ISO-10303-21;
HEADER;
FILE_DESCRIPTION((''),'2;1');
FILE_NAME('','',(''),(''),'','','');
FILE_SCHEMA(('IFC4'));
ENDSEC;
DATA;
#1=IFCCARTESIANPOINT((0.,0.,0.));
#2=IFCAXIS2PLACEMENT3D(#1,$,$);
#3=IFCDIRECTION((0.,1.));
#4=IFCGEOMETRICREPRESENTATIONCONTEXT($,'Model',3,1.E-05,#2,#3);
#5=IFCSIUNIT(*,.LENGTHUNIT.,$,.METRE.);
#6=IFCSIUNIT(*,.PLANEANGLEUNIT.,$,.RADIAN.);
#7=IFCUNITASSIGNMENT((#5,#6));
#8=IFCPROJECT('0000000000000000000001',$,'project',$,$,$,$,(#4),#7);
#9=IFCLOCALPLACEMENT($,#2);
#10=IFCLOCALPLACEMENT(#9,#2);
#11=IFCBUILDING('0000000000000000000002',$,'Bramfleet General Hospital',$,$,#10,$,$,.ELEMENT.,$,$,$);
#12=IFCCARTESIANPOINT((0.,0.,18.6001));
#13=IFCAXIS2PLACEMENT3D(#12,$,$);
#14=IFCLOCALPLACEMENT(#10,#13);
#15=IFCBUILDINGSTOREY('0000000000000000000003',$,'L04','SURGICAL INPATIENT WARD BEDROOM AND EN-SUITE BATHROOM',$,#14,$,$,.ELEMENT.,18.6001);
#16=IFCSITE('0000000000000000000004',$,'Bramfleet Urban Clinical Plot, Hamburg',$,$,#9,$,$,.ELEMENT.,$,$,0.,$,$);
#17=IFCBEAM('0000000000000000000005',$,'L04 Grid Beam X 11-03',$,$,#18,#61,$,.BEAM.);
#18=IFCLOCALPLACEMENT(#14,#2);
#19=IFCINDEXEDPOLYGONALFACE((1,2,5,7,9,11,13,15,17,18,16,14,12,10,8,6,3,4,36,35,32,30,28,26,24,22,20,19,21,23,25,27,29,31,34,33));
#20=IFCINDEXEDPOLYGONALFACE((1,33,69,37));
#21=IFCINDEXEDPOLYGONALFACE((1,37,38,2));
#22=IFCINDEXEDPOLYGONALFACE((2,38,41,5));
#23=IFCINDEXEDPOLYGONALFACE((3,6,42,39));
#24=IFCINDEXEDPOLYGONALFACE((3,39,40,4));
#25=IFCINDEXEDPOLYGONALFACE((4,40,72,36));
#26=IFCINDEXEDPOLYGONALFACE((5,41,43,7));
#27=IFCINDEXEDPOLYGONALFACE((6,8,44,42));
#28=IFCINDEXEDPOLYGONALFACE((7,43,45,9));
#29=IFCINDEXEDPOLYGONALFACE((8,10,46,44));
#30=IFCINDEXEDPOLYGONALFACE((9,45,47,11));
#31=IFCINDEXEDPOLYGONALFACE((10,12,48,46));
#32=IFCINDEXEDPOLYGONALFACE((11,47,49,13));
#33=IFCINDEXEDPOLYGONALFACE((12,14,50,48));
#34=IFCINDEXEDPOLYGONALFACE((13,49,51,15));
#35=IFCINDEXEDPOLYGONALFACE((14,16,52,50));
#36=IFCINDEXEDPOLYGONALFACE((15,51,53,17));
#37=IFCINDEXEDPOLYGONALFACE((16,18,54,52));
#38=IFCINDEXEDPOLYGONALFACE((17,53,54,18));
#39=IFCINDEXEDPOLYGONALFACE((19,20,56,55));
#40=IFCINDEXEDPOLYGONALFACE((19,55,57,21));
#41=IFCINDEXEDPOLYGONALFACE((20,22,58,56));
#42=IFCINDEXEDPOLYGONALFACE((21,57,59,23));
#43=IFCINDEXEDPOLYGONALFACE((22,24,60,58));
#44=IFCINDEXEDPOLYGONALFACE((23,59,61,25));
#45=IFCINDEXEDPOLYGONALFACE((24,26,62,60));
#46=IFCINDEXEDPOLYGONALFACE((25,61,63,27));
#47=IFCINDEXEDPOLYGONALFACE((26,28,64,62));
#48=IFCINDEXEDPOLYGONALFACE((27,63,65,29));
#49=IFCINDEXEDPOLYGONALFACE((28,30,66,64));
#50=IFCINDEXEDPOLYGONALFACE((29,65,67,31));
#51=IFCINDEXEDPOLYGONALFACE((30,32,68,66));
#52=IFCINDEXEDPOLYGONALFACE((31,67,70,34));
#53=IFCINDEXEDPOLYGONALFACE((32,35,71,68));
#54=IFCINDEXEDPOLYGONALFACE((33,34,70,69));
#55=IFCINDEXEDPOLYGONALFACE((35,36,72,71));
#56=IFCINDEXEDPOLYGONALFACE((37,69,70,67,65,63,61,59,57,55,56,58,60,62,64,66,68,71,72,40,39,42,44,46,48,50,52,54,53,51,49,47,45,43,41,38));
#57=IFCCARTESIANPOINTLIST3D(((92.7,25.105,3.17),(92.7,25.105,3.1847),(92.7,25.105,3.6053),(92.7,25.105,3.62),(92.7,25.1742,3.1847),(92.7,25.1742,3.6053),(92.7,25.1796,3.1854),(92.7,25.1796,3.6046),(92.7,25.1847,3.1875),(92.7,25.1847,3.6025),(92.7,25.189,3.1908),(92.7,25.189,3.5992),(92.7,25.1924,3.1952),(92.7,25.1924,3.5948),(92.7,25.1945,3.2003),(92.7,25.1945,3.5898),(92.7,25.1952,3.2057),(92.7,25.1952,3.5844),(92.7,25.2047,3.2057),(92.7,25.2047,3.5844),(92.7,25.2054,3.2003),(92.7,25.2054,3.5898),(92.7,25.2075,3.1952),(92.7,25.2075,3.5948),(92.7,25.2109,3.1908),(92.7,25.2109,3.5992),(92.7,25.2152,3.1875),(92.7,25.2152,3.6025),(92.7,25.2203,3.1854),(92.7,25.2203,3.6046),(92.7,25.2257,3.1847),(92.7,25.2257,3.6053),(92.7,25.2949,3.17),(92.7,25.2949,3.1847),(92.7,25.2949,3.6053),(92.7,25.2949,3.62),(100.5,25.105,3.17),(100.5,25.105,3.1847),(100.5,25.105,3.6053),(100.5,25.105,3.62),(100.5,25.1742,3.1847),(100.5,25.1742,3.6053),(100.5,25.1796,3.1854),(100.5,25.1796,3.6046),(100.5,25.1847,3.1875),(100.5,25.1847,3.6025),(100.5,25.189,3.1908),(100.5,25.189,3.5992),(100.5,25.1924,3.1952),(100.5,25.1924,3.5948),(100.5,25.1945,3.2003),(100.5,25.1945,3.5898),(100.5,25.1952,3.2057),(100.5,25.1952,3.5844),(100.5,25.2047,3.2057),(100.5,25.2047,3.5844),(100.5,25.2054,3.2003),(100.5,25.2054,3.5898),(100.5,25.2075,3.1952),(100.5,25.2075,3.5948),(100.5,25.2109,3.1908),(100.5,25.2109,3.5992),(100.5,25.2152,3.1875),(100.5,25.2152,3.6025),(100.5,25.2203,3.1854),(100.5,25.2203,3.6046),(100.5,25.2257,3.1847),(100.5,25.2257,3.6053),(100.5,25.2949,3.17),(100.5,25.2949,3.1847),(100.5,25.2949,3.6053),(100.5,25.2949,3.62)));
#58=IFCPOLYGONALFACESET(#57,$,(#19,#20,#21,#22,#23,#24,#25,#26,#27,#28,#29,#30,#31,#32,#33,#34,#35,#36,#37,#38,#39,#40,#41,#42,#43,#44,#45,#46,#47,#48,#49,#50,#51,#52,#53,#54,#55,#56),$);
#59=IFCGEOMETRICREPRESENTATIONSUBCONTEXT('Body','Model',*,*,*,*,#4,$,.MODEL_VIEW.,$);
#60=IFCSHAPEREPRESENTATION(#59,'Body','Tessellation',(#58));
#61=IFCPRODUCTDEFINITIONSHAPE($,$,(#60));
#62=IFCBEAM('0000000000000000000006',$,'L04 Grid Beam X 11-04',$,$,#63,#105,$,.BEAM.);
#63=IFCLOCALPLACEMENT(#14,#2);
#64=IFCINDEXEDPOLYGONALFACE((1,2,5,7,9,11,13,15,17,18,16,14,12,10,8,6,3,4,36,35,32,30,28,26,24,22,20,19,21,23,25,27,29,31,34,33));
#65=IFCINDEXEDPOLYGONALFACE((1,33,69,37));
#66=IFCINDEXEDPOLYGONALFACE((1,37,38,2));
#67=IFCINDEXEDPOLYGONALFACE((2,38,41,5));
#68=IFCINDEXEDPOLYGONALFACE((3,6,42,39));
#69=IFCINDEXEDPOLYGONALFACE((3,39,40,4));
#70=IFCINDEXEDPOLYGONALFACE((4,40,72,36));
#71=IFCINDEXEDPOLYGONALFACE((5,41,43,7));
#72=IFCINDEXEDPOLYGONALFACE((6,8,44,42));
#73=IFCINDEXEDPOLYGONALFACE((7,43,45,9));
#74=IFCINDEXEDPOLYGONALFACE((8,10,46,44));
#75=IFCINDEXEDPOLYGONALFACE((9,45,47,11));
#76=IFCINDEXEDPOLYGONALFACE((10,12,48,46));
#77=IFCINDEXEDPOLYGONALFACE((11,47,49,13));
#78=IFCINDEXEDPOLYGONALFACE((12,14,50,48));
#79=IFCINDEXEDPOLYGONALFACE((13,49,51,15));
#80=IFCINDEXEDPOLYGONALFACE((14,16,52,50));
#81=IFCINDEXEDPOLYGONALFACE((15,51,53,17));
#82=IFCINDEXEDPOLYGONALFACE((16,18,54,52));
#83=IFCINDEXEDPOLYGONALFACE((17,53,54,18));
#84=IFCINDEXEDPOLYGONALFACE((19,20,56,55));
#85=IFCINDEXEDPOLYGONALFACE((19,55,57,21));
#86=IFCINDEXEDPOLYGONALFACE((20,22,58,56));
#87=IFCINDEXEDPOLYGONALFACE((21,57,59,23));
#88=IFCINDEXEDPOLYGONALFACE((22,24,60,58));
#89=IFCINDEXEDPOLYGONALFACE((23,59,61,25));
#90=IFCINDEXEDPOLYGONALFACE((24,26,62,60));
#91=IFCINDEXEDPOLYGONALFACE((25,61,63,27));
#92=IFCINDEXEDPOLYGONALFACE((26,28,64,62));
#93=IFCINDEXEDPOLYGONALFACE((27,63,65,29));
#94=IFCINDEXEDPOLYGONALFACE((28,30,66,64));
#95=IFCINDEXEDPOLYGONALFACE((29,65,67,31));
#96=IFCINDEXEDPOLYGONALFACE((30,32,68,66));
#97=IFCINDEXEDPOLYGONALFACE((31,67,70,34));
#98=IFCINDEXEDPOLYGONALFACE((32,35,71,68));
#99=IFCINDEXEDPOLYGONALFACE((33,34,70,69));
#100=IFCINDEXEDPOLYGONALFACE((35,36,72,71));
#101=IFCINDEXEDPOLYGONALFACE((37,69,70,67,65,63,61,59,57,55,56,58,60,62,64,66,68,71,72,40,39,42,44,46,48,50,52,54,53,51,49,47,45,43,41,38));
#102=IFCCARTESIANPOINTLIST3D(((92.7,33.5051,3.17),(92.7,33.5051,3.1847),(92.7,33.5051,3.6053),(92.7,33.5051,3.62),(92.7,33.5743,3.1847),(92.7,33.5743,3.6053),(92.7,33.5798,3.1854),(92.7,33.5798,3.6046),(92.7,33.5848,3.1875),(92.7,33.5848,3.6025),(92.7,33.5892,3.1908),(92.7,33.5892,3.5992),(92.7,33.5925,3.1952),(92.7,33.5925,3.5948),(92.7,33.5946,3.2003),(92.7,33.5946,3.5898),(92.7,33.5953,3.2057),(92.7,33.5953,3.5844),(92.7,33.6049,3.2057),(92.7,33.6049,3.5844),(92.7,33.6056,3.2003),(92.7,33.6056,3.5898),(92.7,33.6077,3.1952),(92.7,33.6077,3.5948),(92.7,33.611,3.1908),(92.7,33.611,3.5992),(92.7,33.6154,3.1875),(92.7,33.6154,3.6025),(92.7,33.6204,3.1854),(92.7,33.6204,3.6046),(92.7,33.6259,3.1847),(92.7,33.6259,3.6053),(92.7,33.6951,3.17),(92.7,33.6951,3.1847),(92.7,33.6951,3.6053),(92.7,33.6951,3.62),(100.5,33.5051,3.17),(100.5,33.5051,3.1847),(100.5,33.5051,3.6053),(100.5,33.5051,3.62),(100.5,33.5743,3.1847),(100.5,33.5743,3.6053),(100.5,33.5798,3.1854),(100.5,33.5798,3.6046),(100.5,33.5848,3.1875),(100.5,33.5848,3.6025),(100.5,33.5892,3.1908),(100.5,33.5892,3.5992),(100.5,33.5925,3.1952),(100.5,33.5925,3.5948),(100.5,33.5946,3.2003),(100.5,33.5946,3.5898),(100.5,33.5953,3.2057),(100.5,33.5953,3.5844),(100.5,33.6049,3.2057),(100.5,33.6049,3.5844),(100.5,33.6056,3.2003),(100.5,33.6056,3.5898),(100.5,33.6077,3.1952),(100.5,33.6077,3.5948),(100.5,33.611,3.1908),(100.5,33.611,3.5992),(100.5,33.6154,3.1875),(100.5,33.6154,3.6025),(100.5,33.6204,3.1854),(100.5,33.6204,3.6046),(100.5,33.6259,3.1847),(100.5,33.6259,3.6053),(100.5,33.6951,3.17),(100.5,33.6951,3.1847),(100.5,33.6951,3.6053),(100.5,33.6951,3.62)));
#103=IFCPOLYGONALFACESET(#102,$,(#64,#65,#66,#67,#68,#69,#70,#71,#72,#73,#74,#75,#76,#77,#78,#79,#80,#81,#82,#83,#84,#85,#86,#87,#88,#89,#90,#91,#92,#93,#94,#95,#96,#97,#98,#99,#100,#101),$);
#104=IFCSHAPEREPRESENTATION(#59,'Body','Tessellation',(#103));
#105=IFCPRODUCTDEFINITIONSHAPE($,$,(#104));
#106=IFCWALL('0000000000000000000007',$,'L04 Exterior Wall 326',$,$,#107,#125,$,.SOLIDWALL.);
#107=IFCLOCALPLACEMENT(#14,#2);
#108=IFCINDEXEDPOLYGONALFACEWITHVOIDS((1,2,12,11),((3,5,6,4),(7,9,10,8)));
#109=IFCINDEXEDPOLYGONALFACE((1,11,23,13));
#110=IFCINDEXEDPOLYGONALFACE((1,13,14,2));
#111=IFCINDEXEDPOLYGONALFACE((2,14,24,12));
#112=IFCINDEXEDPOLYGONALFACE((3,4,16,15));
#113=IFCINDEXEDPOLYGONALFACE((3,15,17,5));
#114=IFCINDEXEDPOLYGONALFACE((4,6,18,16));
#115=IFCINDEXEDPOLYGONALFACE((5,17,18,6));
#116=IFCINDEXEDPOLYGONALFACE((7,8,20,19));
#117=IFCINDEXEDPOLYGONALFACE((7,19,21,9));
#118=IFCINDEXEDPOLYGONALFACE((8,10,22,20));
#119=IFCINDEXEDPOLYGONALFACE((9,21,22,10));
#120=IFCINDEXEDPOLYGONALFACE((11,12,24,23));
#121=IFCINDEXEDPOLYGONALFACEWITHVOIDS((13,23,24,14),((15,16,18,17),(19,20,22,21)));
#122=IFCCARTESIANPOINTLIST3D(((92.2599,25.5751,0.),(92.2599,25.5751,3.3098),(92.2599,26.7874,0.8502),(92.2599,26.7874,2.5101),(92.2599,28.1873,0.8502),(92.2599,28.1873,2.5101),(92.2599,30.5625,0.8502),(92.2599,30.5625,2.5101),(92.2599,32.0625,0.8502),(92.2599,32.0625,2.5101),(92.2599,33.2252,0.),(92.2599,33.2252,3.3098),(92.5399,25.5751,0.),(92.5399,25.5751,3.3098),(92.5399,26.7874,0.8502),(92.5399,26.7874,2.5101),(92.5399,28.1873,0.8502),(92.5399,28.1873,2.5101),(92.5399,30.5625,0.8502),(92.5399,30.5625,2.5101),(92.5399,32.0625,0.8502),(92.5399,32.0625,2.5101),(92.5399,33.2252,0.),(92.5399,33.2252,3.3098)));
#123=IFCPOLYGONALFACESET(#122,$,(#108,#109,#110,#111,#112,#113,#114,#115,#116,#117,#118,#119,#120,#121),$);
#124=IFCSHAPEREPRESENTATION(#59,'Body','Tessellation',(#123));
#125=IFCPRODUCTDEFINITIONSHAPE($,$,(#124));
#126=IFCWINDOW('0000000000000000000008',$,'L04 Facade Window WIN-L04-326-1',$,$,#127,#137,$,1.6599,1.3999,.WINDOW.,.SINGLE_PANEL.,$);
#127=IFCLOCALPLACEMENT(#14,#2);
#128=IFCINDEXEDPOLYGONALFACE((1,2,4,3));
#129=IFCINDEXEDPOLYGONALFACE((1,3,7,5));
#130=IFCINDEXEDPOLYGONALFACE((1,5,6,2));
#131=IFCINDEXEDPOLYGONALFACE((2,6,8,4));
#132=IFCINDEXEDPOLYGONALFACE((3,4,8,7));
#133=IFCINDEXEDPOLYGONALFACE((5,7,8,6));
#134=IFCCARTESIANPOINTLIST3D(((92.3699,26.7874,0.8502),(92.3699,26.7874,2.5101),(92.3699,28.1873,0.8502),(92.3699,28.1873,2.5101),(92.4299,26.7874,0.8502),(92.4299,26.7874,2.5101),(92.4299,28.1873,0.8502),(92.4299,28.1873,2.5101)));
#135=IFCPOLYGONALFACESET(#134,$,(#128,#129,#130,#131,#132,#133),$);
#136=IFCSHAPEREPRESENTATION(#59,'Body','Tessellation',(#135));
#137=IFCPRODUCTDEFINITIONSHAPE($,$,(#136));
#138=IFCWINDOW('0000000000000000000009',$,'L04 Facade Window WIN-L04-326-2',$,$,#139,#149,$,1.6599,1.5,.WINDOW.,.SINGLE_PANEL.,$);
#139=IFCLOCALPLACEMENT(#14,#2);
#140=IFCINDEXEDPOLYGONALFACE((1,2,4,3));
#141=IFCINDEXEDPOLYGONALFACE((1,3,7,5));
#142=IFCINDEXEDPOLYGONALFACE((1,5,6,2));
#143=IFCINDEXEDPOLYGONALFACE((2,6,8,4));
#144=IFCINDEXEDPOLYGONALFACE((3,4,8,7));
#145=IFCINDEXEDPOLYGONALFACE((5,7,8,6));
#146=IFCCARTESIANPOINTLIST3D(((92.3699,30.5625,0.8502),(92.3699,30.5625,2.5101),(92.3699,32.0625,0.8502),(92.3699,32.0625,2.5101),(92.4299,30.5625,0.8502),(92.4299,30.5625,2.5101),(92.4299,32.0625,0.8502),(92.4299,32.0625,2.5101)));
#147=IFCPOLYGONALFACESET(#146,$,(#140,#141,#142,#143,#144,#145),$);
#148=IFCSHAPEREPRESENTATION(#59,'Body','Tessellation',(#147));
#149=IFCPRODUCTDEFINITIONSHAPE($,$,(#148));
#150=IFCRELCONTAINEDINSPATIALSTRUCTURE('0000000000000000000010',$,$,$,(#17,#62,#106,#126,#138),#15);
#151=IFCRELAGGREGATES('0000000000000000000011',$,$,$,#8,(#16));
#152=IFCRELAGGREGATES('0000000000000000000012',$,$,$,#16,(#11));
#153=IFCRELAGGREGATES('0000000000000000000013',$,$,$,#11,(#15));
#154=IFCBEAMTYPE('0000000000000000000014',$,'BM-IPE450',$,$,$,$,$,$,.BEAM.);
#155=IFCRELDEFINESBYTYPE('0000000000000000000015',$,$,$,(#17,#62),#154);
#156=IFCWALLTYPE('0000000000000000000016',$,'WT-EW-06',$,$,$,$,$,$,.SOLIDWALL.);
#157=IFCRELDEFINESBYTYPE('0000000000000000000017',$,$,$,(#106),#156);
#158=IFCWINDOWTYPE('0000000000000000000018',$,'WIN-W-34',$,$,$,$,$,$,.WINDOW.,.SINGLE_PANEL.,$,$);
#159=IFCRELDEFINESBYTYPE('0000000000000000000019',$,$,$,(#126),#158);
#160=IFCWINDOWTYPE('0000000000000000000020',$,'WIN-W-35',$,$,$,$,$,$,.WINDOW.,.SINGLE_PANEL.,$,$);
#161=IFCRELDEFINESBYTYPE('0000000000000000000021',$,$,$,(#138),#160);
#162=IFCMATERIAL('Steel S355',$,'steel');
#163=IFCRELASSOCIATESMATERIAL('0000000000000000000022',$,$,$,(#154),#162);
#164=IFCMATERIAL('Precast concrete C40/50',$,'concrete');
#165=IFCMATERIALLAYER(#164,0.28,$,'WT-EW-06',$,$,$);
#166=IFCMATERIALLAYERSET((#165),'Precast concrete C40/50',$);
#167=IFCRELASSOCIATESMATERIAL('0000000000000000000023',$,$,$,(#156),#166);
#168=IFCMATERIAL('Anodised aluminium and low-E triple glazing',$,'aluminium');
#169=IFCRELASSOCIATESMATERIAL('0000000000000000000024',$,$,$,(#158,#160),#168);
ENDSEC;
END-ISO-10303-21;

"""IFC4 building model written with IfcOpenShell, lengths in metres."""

from ifc_helpers import new_model, si_unit, direction, frame, frame_2d, origin, origin_2d, place, context, subcontext, project, spatial, rectangle, i_section, extrude, material, layer, layer_set, material_profile, profile_set, type_object, element, fill, save


model = new_model("IFC4")

# Units and contexts
model_context = context("Model", 3, precision=1e-05, world=origin(), true_north=direction((0.0, 1.0)))
body_context = subcontext(model_context, "Body", "Model", "MODEL_VIEW")
ifc_project = project(units=[si_unit("LENGTHUNIT", "METRE"), si_unit("PLANEANGLEUNIT", "RADIAN")], contexts=[model_context])

# Site, building, storey
site_placement = place(None, origin())
site = spatial("IfcSite", under=ifc_project, at=site_placement, Name="Bramfleet Urban Clinical Plot, Hamburg", CompositionType="ELEMENT", RefElevation=0.0)
building_placement = place(site_placement, origin())
building = spatial("IfcBuilding", under=site, at=building_placement, Name="Bramfleet General Hospital", CompositionType="ELEMENT")
storey_placement = place(building_placement, frame((0.0, 0.0, 18.6001)))
storey = spatial("IfcBuildingStorey", under=building, at=storey_placement, Name="L04", Description="SURGICAL INPATIENT WARD BEDROOM AND EN-SUITE BATHROOM", CompositionType="ELEMENT", Elevation=18.6001)

# Beams
ifc_material_1 = material(Name="Steel S355", Category="steel")
ifc_material_profile_1 = material_profile(ifc_material_1, i_section(OverallWidth=0.1899, OverallDepth=0.45, WebThickness=0.0095, FlangeThickness=0.0146, FilletRadius=0.021, at=origin_2d()), Name="IPE 450")
ifc_profile_set_1 = profile_set([ifc_material_profile_1], Name="Steel S355")
beam_type_1 = type_object("IfcBeamType", Name="BM-IPE450", PredefinedType="BEAM", material=ifc_profile_set_1)
for number, where, z_axis, x_axis, name in (
    (1, (92.7, 25.2, 3.395), (1.0, 0.0, 0.0), (0.0, 1.0, 0.0), "L04 Grid Beam X 11-03"),
    (2, (92.7, 33.6001, 3.395), (1.0, 0.0, 0.0), (0.0, 1.0, 0.0), "L04 Grid Beam X 11-04"),
):
    element("IfcBeam", number, at=place(storey_placement, frame(where, z_axis=z_axis, x_axis=x_axis)), inside=storey, type_object=beam_type_1, Name=name, PredefinedType="BEAM", context=body_context, shape_type="SweptSolid", body=[
        extrude(i_section(OverallWidth=0.1899, OverallDepth=0.45, WebThickness=0.0095, FlangeThickness=0.0146, FilletRadius=0.021, at=origin_2d()), origin(), (0.0, 0.0, 1.0), 7.8),
    ])

# Wall, openings, windows
ifc_material_2 = material(Name="Precast concrete C40/50", Category="concrete")
ifc_layer_1 = layer(ifc_material_2, 0.28, Name="WT-EW-06")
ifc_layer_set_1 = layer_set([ifc_layer_1], Name="Precast concrete C40/50")
wall_type_1 = type_object("IfcWallType", Name="WT-EW-06", PredefinedType="SOLIDWALL", material=ifc_layer_set_1)
wall_1_placement = place(storey_placement, frame((92.3999, 25.575, 0.0), z_axis=(0.0, 0.0, 1.0), x_axis=(0.0, 1.0, 0.0)))
wall_1 = element("IfcWall", 3, at=wall_1_placement, inside=storey, type_object=wall_type_1, Name="L04 Exterior Wall 326", PredefinedType="SOLIDWALL", context=body_context, shape_type="SweptSolid", body=[
    extrude(rectangle(XDim=7.6501, YDim=0.28, at=frame_2d((3.8252, 0.0))), origin(), (0.0, 0.0, 1.0), 3.3098),
])
opening_1_placement = place(wall_1_placement, frame((1.2124, 0.0, 0.8501)))
opening_1 = element("IfcOpeningElement", 4, at=opening_1_placement, cuts=wall_1, PredefinedType="OPENING", context=body_context, shape_type="SweptSolid", body=[
    extrude(rectangle(XDim=1.3999, YDim=1.6599, at=frame_2d((0.7, 0.8301))), frame((0.0, 0.1499, 0.0), z_axis=(0.0, -1.0, 0.0), x_axis=(1.0, 0.0, 0.0)), (0.0, 0.0, 1.0), 0.3),
])
opening_2_placement = place(wall_1_placement, frame((4.9875, 0.0, 0.8501)))
opening_2 = element("IfcOpeningElement", 5, at=opening_2_placement, cuts=wall_1, PredefinedType="OPENING", context=body_context, shape_type="SweptSolid", body=[
    extrude(rectangle(XDim=1.5, YDim=1.6599, at=frame_2d((0.75, 0.8301))), frame((0.0, 0.1499, 0.0), z_axis=(0.0, -1.0, 0.0), x_axis=(1.0, 0.0, 0.0)), (0.0, 0.0, 1.0), 0.3),
])
ifc_material_3 = material(Name="Anodised aluminium and low-E triple glazing", Category="aluminium")
window_type_1 = type_object("IfcWindowType", Name="WIN-W-34", PartitioningType="SINGLE_PANEL", PredefinedType="WINDOW", material=ifc_material_3)
window_1_placement = place(opening_1_placement, origin())
window_1 = element("IfcWindow", 6, at=window_1_placement, inside=storey, type_object=window_type_1, Name="L04 Facade Window WIN-L04-326-1", OverallHeight=1.6599, OverallWidth=1.3999, PartitioningType="SINGLE_PANEL", PredefinedType="WINDOW", context=body_context, shape_type="SweptSolid", body=[
    extrude(rectangle(XDim=1.3999, YDim=1.6599, at=frame_2d((0.7, 0.8301))), frame((0.0, 0.03, 0.0), z_axis=(0.0, -1.0, 0.0), x_axis=(1.0, 0.0, 0.0)), (0.0, 0.0, 1.0), 0.0601),
])
fill(opening_1, window_1)
window_type_2 = type_object("IfcWindowType", Name="WIN-W-35", PartitioningType="SINGLE_PANEL", PredefinedType="WINDOW", material=ifc_material_3)
window_2_placement = place(opening_2_placement, origin())
window_2 = element("IfcWindow", 7, at=window_2_placement, inside=storey, type_object=window_type_2, Name="L04 Facade Window WIN-L04-326-2", OverallHeight=1.6599, OverallWidth=1.5, PartitioningType="SINGLE_PANEL", PredefinedType="WINDOW", context=body_context, shape_type="SweptSolid", body=[
    extrude(rectangle(XDim=1.5, YDim=1.6599, at=frame_2d((0.75, 0.8301))), frame((0.0, 0.03, 0.0), z_axis=(0.0, -1.0, 0.0), x_axis=(1.0, 0.0, 0.0)), (0.0, 0.0, 1.0), 0.0601),
])
fill(opening_2, window_2)

save(model, "model.ifc")
